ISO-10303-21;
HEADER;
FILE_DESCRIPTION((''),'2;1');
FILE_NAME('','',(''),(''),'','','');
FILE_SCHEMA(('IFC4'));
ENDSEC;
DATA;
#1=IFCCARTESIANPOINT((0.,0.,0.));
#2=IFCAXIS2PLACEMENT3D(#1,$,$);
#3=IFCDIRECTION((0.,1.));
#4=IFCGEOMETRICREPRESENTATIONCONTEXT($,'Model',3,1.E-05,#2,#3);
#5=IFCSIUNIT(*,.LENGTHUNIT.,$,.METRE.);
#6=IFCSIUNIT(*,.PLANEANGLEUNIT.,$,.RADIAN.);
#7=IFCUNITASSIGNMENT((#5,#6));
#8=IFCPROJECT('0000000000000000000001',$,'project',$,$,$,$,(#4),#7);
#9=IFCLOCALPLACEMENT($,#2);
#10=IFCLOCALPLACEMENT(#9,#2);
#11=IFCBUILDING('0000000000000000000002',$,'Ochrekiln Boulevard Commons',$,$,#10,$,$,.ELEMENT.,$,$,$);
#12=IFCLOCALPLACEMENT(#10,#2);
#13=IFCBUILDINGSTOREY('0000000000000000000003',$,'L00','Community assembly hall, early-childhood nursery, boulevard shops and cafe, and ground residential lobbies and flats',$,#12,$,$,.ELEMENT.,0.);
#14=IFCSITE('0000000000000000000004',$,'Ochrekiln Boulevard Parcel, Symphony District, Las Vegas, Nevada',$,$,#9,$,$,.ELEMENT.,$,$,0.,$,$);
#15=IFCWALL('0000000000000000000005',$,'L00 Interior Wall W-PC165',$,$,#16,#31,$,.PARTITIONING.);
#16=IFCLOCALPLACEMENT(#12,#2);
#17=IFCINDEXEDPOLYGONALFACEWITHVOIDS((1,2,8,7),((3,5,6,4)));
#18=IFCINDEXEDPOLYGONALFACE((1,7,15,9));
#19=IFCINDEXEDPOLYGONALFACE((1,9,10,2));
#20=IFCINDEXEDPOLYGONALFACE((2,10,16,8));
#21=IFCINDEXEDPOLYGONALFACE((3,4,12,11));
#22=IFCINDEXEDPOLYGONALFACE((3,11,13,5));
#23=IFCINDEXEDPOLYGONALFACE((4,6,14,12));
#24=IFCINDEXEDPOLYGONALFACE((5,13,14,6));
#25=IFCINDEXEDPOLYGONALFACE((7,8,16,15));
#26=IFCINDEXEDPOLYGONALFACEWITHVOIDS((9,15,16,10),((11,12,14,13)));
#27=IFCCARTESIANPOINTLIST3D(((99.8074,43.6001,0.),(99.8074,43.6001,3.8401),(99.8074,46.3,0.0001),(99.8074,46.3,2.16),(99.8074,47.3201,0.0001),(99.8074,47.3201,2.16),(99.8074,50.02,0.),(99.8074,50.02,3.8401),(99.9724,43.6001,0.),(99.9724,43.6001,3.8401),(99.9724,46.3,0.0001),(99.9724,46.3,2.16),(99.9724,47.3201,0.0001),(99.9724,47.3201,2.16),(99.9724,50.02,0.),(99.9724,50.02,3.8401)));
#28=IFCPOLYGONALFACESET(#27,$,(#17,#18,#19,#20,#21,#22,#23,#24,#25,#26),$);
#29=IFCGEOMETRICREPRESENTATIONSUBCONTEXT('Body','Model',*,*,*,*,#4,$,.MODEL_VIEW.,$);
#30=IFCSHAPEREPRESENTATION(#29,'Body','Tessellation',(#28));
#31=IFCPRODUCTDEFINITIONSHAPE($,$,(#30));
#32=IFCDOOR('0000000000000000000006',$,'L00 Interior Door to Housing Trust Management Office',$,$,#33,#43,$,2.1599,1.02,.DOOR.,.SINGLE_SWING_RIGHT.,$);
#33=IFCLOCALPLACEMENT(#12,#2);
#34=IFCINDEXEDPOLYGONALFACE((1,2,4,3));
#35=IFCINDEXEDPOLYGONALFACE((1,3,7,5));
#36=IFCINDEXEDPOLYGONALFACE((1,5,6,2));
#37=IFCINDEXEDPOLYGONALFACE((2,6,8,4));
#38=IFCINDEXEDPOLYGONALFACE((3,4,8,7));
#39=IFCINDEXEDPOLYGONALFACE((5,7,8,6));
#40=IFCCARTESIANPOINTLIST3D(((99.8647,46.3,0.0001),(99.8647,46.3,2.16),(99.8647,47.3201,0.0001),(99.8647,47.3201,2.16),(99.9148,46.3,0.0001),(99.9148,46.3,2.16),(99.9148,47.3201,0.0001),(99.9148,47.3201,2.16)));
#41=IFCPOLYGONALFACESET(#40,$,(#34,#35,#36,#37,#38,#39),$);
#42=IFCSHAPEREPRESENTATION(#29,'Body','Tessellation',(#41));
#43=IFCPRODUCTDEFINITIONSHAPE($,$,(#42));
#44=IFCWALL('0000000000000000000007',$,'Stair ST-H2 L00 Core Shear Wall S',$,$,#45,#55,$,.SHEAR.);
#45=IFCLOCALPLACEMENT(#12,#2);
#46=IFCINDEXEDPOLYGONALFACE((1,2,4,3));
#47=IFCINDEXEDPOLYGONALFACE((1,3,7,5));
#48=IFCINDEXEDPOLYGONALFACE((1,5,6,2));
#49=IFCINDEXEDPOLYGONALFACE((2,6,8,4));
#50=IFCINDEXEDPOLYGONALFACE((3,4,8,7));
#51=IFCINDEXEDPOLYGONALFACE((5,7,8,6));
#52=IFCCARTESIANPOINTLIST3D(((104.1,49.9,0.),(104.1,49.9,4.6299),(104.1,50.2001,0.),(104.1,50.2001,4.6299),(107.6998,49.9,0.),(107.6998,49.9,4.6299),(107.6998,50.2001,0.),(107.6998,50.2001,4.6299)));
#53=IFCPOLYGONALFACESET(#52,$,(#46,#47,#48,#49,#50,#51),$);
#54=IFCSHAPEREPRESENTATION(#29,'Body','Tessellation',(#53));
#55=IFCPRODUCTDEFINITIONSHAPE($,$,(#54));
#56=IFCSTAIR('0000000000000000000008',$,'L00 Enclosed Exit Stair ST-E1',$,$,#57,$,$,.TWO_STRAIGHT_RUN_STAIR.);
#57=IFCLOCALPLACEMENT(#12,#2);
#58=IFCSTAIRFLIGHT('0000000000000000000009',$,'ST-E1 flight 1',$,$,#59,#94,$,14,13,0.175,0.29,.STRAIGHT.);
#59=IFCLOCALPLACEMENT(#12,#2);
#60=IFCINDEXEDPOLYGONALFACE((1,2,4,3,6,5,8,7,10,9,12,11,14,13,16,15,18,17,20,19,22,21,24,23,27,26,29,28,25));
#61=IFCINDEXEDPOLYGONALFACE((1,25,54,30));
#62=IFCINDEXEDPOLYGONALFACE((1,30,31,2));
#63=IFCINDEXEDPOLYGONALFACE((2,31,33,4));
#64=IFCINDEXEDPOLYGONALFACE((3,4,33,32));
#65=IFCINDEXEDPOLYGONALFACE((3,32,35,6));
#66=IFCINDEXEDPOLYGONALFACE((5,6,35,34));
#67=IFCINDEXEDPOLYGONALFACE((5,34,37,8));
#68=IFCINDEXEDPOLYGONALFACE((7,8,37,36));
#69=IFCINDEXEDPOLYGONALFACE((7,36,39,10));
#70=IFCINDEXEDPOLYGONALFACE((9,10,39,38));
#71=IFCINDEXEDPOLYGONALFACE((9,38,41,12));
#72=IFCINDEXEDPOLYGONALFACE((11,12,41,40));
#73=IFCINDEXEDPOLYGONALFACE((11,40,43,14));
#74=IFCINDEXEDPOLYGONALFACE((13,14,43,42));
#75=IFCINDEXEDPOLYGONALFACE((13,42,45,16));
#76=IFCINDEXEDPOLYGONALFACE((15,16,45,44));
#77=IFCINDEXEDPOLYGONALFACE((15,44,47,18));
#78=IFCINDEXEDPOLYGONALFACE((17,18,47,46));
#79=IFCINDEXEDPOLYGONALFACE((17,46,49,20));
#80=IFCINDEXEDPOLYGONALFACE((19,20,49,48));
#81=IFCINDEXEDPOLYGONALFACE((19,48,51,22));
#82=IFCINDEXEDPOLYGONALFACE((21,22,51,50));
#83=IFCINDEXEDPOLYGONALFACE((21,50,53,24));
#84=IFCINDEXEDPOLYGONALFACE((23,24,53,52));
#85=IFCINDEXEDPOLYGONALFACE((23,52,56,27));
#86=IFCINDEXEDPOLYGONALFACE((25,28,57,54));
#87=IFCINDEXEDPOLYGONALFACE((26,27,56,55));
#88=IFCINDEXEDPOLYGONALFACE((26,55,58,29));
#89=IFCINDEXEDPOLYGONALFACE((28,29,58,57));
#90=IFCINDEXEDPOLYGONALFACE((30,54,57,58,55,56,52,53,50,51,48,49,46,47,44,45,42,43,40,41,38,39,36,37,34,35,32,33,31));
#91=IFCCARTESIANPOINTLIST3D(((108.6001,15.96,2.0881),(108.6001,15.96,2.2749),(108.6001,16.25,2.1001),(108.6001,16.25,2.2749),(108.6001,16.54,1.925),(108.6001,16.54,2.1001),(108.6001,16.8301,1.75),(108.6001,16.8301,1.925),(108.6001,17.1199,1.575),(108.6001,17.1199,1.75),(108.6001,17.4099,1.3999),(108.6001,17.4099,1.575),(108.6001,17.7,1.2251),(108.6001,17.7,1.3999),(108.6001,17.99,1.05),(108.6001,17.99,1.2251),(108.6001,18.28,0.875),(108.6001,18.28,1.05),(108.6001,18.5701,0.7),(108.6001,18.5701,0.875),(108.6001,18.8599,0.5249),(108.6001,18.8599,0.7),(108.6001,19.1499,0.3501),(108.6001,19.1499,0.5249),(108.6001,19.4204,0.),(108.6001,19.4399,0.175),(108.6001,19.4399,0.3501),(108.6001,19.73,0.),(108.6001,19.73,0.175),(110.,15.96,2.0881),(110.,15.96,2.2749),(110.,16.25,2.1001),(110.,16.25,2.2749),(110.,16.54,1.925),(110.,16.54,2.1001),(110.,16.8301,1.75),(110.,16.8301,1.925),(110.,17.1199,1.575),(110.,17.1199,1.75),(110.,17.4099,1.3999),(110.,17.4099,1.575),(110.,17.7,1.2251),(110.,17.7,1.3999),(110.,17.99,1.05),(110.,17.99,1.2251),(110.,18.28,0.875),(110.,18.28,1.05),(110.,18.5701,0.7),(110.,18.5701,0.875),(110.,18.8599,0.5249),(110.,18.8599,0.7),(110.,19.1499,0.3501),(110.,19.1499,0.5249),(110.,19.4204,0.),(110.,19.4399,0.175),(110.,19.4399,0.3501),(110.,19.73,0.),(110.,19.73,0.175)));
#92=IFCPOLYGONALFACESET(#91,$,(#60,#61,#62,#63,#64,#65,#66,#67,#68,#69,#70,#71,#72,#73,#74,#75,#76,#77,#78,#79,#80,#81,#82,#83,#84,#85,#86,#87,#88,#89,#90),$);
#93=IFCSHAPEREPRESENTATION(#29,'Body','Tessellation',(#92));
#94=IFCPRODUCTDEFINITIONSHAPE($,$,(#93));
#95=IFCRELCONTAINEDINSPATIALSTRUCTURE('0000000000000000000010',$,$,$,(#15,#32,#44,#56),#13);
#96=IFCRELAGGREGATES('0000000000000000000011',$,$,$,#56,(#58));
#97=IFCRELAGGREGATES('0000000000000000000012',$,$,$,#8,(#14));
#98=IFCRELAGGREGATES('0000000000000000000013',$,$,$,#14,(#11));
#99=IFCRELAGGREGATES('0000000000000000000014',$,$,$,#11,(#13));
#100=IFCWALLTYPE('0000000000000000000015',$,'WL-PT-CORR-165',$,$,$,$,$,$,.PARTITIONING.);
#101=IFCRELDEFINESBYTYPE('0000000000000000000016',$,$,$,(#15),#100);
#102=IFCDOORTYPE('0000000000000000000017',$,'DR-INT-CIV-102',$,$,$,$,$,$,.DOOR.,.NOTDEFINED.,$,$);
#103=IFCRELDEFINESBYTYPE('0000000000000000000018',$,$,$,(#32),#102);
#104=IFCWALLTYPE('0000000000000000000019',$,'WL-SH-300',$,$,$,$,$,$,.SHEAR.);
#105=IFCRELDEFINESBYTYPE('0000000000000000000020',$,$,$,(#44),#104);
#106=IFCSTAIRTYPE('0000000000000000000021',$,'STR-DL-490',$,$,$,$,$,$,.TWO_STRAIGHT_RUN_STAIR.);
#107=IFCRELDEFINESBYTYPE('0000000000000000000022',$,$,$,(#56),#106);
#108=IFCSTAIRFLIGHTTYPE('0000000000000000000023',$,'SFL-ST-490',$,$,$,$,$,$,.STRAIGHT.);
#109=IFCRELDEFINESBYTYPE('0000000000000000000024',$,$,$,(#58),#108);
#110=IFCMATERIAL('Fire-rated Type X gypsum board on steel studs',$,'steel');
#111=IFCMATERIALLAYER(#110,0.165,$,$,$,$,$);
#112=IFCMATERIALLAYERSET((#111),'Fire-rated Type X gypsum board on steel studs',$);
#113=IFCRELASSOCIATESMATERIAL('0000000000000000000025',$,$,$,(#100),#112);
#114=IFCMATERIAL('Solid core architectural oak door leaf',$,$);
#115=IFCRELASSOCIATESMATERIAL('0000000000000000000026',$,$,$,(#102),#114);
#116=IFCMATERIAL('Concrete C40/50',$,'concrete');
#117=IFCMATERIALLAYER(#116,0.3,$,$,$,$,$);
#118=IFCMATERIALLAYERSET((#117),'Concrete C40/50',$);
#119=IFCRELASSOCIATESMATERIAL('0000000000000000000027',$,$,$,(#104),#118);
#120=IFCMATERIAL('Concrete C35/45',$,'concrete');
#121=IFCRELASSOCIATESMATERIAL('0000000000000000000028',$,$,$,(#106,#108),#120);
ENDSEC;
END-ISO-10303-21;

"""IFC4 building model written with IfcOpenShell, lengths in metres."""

from ifc_helpers import new_model, si_unit, direction, frame, frame_2d, origin, place, context, subcontext, project, spatial, polyline, rectangle, outline, extrude, material, layer, layer_set, type_object, element, fill, aggregate, save


model = new_model("IFC4")

# Units and contexts
model_context = context("Model", 3, precision=1e-05, world=origin(), true_north=direction((0.0, 1.0)))
body_context = subcontext(model_context, "Body", "Model", "MODEL_VIEW")
ifc_project = project(units=[si_unit("LENGTHUNIT", "METRE"), si_unit("PLANEANGLEUNIT", "RADIAN")], contexts=[model_context])

# Site, building, storey
site_placement = place(None, origin())
site = spatial("IfcSite", under=ifc_project, at=site_placement, Name="Ochrekiln Boulevard Parcel, Symphony District, Las Vegas, Nevada", CompositionType="ELEMENT", RefElevation=0.0)
building_placement = place(site_placement, origin())
building = spatial("IfcBuilding", under=site, at=building_placement, Name="Ochrekiln Boulevard Commons", CompositionType="ELEMENT")
storey_placement = place(building_placement, origin())
storey = spatial("IfcBuildingStorey", under=building, at=storey_placement, Name="L00", Description="Community assembly hall, early-childhood nursery, boulevard shops and cafe, and ground residential lobbies and flats", CompositionType="ELEMENT", Elevation=0.0)

# Shared definitions
ifc_material_1 = material(Name="Concrete C35/45", Category="concrete")
ifc_material_2 = material(Name="Concrete C40/50", Category="concrete")

# Shared definitions
ifc_material_3 = material(Name="Fire-rated Type X gypsum board on steel studs", Category="steel")
ifc_layer_1 = layer(ifc_material_3, 0.165)
ifc_layer_set_1 = layer_set([ifc_layer_1], Name="Fire-rated Type X gypsum board on steel studs")
wall_type_1 = type_object("IfcWallType", Name="WL-PT-CORR-165", PredefinedType="PARTITIONING", material=ifc_layer_set_1)

# Wall, opening, door
ifc_material_4 = material(Name="Solid core architectural oak door leaf")
door_type_1 = type_object("IfcDoorType", Name="DR-INT-CIV-102", OperationType="NOTDEFINED", PredefinedType="DOOR", material=ifc_material_4)
wall_1_placement = place(storey_placement, frame((99.8899, 43.6001, 0.0), z_axis=(0.0, 0.0, 1.0), x_axis=(0.0, 1.0, 0.0)))
wall_1 = element("IfcWall", 1, at=wall_1_placement, inside=storey, type_object=wall_type_1, Name="L00 Interior Wall W-PC165", PredefinedType="PARTITIONING", context=body_context, shape_type="SweptSolid", body=[
    extrude(rectangle(XDim=6.4199, YDim=0.165, at=frame_2d((3.21, 0.0))), origin(), (0.0, 0.0, 1.0), 3.8401),
])
opening_1_placement = place(wall_1_placement, frame((2.7, 0.0, 0.0)))
opening_1 = element("IfcOpeningElement", 2, at=opening_1_placement, cuts=wall_1, PredefinedType="OPENING", context=body_context, shape_type="SweptSolid", body=[
    extrude(rectangle(XDim=1.02, YDim=2.1599, at=frame_2d((0.51, 1.0801))), frame((0.0, 0.0925, 0.0), z_axis=(0.0, -1.0, 0.0), x_axis=(1.0, 0.0, 0.0)), (0.0, 0.0, 1.0), 0.1851),
])
door_1_placement = place(opening_1_placement, frame((1.02, 0.0, 0.0), z_axis=(0.0, 0.0, 1.0), x_axis=(-1.0, 0.0, 0.0)))
door_1 = element("IfcDoor", 3, at=door_1_placement, inside=storey, type_object=door_type_1, Name="L00 Interior Door to Housing Trust Management Office", OperationType="SINGLE_SWING_RIGHT", OverallHeight=2.1599, OverallWidth=1.02, PredefinedType="DOOR", context=body_context, shape_type="SweptSolid", body=[
    extrude(rectangle(XDim=1.02, YDim=2.1599, at=frame_2d((0.51, 1.0801))), frame((0.0, 0.0249, 0.0), z_axis=(0.0, -1.0, 0.0), x_axis=(1.0, 0.0, 0.0)), (0.0, 0.0, 1.0), 0.05),
])
fill(opening_1, door_1)

# Wall
ifc_layer_2 = layer(ifc_material_2, 0.3)
ifc_layer_set_2 = layer_set([ifc_layer_2], Name="Concrete C40/50")
wall_type_2 = type_object("IfcWallType", Name="WL-SH-300", PredefinedType="SHEAR", material=ifc_layer_set_2)
wall_2_placement = place(storey_placement, frame((104.1001, 50.05, 0.0), z_axis=(0.0, 0.0, 1.0), x_axis=(1.0, 0.0, 0.0)))
element("IfcWall", 4, at=wall_2_placement, inside=storey, type_object=wall_type_2, Name="Stair ST-H2 L00 Core Shear Wall S", PredefinedType="SHEAR", context=body_context, shape_type="SweptSolid", body=[
    extrude(rectangle(XDim=3.5999, YDim=0.3, at=frame_2d((1.7998, 0.0))), origin(), (0.0, 0.0, 1.0), 4.6299),
])

# Stair, stair flight
stair_type = type_object("IfcStairType", Name="STR-DL-490", PredefinedType="TWO_STRAIGHT_RUN_STAIR", material=ifc_material_1)
stair_placement = place(storey_placement, origin())
stair = element("IfcStair", 5, at=stair_placement, inside=storey, type_object=stair_type, Name="L00 Enclosed Exit Stair ST-E1", PredefinedType="TWO_STRAIGHT_RUN_STAIR")
stair_flight_type = type_object("IfcStairFlightType", Name="SFL-ST-490", PredefinedType="STRAIGHT", material=ifc_material_1)
stair_flight_placement = place(storey_placement, frame((109.3, 19.73, 0.0), z_axis=(0.0, 0.0, 1.0), x_axis=(0.0, -1.0, 0.0)))
stair_flight = element("IfcStairFlight", 6, at=stair_flight_placement, type_object=stair_flight_type, Name="ST-E1 flight 1", NumberOfRisers=14, NumberOfTreads=13, PredefinedType="STRAIGHT", RiserHeight=0.175, TreadLength=0.29, context=body_context, shape_type="SweptSolid", body=[
    extrude(outline(polyline([(0.0, 0.0), (0.0, 0.175), (0.29, 0.175), (0.29, 0.3501), (0.5801, 0.3501), (0.5801, 0.5249), (0.8701, 0.5249), (0.8701, 0.7), (1.1599, 0.7), (1.1599, 0.875), (1.45, 0.875), (1.45, 1.05), (1.74, 1.05), (1.74, 1.2251), (2.03, 1.2251), (2.03, 1.3999), (2.3201, 1.3999), (2.3201, 1.575), (2.6101, 1.575), (2.6101, 1.75), (2.8999, 1.75), (2.8999, 1.925), (3.1899, 1.925), (3.1899, 2.1001), (3.48, 2.1001), (3.48, 2.2749), (3.77, 2.2749), (3.77, 2.45), (3.77, 2.0881), (0.3096, 0.0), (0.0, 0.0)])), frame((0.0, 0.7, 0.0), z_axis=(0.0, -1.0, 0.0), x_axis=(1.0, 0.0, 0.0)), (0.0, 0.0, 1.0), 1.3999),
])
aggregate(stair, [stair_flight])

save(model, "model.ifc")
